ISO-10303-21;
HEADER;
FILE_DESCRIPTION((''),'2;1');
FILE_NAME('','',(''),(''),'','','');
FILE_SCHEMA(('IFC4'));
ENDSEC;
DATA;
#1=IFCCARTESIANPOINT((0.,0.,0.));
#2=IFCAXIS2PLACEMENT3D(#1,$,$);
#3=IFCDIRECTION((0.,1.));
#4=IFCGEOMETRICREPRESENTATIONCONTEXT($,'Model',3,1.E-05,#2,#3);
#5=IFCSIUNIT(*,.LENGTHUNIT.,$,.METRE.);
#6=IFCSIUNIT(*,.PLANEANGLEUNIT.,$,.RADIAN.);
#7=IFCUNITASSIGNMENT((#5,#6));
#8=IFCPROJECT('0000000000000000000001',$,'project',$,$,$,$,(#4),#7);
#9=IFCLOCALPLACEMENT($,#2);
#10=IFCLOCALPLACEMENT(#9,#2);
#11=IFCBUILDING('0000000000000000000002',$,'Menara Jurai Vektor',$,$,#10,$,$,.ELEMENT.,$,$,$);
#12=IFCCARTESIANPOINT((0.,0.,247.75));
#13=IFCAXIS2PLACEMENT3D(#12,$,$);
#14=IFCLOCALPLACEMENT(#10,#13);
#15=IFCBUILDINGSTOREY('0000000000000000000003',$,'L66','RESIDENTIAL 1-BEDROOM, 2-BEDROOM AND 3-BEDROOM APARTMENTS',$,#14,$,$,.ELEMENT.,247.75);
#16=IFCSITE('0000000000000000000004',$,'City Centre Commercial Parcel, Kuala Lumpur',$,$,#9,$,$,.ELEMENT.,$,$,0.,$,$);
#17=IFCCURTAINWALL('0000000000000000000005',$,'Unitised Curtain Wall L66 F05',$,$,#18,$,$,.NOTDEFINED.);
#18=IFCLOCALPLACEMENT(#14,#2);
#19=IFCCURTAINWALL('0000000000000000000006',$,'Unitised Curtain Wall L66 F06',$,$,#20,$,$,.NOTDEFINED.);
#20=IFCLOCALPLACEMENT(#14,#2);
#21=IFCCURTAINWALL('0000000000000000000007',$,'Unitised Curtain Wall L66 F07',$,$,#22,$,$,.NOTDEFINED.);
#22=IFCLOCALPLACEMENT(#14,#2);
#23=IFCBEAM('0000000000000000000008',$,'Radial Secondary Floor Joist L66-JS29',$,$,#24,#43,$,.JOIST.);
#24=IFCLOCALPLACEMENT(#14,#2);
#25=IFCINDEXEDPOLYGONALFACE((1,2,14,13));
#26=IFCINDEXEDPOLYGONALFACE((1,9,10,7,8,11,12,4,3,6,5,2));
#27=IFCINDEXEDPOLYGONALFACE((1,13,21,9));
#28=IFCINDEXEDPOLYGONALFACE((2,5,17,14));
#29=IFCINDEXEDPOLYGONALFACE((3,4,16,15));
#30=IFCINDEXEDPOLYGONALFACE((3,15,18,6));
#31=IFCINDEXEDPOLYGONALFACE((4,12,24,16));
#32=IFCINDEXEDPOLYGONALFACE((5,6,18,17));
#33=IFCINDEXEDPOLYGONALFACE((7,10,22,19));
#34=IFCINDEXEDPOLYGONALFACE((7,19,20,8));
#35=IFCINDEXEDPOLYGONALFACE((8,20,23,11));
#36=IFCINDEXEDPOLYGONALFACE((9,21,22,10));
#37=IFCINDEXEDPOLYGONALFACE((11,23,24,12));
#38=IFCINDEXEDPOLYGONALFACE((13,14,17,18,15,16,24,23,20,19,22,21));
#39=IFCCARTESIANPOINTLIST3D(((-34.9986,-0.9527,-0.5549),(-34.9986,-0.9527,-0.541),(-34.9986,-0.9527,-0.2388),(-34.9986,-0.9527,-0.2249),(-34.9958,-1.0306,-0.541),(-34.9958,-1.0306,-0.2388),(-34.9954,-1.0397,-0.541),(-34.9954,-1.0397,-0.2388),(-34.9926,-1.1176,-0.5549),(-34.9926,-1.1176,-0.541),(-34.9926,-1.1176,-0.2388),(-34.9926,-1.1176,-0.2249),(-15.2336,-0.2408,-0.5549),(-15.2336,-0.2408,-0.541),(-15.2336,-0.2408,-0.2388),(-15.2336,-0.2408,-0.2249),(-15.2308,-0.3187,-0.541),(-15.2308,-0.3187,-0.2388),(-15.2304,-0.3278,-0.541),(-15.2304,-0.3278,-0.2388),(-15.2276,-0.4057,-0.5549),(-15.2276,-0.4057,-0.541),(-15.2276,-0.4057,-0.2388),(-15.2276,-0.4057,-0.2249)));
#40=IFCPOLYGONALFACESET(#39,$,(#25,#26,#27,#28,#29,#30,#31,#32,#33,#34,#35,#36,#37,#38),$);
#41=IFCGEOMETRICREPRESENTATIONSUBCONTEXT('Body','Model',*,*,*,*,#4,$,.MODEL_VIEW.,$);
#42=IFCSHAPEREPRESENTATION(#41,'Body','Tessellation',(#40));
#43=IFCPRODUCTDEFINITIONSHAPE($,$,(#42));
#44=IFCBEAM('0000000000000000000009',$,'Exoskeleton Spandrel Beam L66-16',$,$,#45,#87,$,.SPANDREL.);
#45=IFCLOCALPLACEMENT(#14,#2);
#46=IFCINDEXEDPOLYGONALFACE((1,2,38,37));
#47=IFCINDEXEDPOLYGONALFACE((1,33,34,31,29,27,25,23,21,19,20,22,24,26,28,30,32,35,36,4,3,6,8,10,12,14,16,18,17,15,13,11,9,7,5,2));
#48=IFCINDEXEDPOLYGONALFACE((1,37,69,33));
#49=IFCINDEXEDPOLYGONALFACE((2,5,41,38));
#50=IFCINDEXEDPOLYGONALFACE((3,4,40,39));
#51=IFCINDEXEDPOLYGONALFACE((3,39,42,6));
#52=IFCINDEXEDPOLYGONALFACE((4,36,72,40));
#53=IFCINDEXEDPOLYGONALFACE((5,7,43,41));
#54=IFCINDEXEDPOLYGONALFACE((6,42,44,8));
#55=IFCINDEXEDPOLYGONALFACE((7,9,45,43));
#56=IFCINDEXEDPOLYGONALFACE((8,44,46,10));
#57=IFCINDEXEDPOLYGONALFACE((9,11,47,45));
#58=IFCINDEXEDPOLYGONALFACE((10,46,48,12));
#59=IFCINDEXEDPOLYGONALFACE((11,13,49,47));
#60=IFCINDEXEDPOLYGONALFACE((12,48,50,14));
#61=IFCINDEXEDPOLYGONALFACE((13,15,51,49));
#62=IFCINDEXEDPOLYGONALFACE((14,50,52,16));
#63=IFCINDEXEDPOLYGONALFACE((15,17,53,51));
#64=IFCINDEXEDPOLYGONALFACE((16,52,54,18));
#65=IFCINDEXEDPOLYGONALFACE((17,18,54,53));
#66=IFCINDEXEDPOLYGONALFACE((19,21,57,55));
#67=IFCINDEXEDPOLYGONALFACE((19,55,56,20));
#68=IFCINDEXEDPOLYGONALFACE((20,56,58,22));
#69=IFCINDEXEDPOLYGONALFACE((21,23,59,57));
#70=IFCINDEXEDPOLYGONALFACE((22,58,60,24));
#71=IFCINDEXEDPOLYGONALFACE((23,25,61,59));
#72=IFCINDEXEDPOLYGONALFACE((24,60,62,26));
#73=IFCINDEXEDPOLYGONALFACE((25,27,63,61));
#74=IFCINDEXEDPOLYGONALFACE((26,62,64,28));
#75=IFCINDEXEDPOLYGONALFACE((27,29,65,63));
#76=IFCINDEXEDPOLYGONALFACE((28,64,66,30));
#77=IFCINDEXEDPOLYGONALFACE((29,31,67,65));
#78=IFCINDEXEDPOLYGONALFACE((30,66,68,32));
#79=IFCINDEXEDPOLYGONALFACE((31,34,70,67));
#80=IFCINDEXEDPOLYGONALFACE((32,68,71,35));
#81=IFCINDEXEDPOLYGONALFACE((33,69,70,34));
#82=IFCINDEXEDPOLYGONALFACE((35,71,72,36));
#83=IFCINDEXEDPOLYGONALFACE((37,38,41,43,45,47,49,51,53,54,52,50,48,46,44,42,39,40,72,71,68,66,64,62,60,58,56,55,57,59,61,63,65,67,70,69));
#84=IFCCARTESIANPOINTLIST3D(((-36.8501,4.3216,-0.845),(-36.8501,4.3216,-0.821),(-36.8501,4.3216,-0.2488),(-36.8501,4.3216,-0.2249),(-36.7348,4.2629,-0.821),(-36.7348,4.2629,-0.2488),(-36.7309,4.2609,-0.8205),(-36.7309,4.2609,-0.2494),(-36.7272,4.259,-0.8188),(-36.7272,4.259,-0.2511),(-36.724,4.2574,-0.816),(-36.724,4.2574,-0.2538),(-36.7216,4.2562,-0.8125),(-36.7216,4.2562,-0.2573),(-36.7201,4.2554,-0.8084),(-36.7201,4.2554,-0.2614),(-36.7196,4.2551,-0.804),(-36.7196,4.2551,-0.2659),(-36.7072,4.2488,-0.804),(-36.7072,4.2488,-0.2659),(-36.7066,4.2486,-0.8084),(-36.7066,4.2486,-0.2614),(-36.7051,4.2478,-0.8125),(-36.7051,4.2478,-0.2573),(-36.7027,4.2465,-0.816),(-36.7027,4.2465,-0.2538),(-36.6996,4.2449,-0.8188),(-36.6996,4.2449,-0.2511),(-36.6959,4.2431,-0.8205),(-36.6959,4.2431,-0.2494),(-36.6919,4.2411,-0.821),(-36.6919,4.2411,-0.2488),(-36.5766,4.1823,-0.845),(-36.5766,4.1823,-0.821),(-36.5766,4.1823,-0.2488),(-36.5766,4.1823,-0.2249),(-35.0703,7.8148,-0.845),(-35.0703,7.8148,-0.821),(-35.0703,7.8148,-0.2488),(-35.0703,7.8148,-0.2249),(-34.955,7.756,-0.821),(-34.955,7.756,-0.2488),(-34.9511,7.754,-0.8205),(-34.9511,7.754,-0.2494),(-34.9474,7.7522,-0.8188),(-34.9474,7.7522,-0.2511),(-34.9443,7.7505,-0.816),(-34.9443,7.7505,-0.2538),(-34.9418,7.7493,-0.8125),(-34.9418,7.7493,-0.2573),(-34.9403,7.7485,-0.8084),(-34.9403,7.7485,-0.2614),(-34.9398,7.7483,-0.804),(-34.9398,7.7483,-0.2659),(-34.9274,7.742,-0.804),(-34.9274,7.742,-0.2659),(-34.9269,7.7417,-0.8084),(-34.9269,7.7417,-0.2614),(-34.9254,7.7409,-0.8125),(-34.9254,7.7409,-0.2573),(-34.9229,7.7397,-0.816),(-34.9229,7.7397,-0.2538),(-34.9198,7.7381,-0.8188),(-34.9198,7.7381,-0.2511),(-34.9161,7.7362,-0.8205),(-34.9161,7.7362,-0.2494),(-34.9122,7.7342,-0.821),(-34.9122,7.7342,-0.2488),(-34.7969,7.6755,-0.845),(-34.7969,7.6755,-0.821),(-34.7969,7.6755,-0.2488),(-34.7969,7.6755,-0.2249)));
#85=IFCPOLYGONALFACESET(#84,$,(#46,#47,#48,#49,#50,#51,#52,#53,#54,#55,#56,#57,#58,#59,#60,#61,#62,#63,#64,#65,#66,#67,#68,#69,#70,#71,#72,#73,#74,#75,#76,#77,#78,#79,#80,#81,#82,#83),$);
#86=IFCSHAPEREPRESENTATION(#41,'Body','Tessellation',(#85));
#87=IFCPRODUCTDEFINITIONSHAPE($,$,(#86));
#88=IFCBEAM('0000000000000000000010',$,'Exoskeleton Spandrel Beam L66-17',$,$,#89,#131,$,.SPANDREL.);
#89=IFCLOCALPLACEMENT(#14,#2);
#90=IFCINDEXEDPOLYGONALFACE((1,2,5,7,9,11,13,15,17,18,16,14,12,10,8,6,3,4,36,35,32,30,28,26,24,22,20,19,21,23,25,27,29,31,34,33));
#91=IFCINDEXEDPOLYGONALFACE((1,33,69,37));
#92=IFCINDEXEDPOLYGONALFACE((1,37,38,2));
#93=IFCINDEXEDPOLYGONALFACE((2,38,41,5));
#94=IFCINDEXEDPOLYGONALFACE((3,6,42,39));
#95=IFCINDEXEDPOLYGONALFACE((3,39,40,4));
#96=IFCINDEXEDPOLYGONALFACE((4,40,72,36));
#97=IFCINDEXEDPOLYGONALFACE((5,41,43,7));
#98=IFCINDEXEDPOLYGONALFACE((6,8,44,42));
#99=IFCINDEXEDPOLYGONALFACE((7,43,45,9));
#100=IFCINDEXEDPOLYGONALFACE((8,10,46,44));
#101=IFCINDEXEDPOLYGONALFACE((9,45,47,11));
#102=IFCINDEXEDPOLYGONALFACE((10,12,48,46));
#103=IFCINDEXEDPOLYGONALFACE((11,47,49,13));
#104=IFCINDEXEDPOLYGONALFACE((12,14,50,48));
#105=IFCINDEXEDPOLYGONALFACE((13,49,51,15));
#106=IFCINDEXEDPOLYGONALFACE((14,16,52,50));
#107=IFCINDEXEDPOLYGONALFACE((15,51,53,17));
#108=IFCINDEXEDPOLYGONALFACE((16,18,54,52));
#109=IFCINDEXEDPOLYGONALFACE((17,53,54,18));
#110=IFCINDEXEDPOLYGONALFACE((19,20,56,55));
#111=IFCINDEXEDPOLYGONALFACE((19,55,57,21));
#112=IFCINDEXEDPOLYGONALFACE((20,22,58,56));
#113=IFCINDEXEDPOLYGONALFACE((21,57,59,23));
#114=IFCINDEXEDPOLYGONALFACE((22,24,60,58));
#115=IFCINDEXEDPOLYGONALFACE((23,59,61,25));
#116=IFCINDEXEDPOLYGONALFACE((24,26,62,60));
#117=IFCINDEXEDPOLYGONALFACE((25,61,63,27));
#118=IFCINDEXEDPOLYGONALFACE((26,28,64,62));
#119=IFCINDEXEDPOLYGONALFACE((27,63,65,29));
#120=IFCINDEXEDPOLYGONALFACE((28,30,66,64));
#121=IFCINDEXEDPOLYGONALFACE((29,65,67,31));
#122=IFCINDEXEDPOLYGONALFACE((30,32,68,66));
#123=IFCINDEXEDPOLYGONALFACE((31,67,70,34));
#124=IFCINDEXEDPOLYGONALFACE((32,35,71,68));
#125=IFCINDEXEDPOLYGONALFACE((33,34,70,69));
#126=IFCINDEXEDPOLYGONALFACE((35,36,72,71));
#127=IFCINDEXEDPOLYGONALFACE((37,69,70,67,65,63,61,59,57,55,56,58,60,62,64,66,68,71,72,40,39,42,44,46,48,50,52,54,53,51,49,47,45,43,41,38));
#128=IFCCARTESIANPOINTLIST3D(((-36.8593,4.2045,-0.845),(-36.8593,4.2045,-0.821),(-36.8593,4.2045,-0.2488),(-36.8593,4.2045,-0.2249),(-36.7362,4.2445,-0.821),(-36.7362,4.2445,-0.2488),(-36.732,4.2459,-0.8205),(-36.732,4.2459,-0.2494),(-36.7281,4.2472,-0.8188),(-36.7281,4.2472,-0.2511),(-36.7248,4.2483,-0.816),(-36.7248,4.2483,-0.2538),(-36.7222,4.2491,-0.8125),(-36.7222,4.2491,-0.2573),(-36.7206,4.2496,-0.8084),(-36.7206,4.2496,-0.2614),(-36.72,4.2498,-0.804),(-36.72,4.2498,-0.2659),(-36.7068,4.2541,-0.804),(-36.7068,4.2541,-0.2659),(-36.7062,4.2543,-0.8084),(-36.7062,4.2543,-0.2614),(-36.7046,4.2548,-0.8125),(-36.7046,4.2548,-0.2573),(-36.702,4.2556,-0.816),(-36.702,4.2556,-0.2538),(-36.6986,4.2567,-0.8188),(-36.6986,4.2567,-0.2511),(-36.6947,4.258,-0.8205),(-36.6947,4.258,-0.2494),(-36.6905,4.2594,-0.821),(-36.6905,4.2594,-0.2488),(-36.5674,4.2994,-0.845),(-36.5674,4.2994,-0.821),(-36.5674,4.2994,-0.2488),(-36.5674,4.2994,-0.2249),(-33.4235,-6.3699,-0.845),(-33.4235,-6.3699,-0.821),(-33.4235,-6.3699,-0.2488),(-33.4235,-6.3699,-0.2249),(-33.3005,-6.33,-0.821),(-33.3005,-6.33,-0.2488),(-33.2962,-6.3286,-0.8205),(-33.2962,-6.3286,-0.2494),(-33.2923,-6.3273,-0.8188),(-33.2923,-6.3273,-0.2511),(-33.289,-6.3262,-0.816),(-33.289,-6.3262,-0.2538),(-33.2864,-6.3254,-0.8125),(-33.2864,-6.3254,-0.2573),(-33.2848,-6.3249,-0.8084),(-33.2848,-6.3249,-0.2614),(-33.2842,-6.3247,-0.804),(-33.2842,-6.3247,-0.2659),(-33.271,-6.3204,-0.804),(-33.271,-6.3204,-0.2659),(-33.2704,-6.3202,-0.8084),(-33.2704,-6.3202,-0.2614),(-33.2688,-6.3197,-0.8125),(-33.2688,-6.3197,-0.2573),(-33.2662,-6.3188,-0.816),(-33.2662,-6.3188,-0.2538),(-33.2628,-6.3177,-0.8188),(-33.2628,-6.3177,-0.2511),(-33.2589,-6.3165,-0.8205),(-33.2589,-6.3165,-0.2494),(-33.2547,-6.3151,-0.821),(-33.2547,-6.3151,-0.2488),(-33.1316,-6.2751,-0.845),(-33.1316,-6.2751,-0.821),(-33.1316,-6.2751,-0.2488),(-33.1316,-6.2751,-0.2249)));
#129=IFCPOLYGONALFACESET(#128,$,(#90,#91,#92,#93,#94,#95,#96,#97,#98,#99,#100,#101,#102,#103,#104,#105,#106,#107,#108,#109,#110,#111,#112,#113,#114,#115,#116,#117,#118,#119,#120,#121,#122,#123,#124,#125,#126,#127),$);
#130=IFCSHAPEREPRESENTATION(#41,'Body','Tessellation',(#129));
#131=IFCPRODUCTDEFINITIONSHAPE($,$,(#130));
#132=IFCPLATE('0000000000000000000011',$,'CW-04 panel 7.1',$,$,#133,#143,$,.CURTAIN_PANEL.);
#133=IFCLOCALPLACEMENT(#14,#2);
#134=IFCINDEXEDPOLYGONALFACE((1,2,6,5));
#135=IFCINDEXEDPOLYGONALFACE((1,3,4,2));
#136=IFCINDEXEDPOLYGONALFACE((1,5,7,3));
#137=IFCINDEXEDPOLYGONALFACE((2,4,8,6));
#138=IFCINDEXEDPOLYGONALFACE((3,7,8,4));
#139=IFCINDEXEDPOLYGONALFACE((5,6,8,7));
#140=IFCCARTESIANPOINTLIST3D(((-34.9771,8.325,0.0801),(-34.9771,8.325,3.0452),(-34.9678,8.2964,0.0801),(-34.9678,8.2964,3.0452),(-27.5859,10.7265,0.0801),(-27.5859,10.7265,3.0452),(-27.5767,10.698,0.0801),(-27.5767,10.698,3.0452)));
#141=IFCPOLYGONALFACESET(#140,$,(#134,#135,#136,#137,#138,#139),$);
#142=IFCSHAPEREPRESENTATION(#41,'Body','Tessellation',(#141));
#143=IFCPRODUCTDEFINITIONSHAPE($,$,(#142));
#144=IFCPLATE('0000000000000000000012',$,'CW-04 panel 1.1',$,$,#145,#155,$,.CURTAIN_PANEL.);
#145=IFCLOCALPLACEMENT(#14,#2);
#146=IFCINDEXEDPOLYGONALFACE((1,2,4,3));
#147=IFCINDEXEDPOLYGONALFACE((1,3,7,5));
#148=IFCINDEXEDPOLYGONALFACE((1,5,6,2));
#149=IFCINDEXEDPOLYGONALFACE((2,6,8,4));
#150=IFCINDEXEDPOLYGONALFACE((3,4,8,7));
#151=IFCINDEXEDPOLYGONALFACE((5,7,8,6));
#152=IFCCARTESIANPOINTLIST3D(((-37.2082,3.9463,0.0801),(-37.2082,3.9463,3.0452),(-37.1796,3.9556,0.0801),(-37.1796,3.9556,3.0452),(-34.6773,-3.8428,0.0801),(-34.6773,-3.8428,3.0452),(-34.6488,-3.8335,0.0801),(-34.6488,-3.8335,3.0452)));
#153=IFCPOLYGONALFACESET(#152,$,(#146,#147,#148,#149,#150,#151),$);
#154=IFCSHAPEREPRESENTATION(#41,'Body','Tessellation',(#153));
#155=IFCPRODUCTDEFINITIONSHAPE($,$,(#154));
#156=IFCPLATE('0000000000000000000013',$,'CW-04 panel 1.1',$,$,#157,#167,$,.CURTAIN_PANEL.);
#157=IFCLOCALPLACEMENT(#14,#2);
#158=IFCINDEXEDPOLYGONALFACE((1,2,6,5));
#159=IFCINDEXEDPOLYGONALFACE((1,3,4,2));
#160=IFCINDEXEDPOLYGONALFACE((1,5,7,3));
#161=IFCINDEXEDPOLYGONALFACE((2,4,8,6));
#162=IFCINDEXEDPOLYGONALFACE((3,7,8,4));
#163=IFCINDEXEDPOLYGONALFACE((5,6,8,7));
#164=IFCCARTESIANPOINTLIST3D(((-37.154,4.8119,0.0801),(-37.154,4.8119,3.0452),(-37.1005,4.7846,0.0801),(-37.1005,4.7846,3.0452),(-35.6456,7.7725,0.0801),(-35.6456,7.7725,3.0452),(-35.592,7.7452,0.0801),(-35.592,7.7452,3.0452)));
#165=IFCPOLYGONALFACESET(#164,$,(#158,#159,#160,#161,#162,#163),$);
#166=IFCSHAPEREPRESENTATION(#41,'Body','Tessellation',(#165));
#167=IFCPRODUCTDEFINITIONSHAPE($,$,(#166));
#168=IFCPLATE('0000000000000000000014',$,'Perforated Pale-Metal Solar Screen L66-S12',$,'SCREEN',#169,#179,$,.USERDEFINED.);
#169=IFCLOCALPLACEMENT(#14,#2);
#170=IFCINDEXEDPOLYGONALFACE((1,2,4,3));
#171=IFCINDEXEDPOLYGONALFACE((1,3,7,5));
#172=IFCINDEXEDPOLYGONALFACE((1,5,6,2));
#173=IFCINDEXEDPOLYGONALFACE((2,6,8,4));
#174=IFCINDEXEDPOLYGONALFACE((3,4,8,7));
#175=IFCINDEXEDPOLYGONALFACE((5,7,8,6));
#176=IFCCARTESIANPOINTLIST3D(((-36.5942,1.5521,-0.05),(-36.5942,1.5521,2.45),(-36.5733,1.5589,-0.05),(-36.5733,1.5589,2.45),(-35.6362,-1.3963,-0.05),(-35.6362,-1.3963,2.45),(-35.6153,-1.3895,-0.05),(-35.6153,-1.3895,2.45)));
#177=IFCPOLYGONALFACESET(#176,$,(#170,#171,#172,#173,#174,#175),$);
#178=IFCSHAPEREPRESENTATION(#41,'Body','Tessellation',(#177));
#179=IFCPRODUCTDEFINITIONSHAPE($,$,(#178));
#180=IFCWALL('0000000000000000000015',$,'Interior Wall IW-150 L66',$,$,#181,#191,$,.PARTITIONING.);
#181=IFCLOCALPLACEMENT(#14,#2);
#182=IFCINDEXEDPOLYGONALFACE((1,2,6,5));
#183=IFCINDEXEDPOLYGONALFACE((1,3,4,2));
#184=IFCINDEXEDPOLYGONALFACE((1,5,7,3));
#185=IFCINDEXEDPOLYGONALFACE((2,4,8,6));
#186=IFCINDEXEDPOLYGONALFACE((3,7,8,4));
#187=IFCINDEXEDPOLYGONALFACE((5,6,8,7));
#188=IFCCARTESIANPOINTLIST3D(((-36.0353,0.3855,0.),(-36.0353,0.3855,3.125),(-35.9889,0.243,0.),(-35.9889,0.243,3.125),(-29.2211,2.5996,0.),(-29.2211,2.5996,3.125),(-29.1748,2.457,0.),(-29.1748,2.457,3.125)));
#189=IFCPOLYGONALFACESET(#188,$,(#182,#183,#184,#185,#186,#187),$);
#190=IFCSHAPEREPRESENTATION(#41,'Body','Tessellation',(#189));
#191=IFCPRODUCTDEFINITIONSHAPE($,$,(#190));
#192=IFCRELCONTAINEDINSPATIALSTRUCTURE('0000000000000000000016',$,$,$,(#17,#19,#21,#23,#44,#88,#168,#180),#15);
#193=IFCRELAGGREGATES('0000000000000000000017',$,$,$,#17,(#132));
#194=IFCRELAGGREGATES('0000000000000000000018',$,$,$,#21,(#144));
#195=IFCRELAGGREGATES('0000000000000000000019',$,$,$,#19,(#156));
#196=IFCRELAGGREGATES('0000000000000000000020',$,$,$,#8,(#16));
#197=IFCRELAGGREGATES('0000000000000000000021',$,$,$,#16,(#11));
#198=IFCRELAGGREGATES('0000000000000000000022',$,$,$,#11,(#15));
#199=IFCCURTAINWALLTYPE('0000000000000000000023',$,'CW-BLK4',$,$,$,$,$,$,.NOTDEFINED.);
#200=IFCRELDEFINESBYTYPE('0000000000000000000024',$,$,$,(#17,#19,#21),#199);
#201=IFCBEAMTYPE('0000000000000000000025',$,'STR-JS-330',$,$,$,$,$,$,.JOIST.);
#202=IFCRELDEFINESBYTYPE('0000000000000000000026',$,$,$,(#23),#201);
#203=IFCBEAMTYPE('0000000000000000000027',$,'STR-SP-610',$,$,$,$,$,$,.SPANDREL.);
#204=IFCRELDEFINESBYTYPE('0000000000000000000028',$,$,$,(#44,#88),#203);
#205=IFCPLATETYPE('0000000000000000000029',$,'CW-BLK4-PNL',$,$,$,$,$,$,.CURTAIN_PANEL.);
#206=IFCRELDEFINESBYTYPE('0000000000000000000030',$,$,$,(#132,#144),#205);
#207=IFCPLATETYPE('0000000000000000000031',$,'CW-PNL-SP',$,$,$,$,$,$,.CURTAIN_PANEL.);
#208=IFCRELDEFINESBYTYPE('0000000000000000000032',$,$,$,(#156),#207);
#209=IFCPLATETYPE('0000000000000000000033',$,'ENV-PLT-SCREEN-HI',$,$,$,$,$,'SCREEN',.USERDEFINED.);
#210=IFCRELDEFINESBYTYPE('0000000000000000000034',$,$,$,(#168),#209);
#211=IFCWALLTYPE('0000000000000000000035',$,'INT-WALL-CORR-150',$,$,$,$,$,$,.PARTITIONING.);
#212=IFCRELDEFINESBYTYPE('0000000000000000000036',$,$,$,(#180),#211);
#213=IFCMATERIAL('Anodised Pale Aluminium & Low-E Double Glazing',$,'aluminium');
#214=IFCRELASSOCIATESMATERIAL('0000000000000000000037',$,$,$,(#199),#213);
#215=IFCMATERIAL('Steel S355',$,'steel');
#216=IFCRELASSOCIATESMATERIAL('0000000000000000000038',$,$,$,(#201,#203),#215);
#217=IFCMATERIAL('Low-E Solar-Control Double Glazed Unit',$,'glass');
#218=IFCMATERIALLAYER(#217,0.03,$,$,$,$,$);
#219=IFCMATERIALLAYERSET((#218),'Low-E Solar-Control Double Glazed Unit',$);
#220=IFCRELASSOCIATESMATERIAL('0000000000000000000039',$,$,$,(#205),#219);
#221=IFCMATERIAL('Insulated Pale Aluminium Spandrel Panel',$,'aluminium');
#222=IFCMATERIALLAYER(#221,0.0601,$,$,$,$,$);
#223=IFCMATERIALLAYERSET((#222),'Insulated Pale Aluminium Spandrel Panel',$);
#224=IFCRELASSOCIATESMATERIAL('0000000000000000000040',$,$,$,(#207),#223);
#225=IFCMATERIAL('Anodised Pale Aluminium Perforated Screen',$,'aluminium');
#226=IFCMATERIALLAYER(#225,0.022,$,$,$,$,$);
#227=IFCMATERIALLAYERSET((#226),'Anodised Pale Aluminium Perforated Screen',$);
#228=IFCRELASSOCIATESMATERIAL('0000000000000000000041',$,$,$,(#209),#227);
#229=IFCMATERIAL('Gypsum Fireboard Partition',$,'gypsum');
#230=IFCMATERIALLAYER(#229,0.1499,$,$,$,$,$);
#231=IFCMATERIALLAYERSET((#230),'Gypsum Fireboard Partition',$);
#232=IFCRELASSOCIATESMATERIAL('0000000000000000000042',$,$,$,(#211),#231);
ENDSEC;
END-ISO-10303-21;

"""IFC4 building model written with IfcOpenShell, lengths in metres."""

from ifc_helpers import new_model, si_unit, direction, frame, frame_2d, origin, origin_2d, place, context, subcontext, project, spatial, rectangle, i_section, extrude, material, layer, layer_set, material_profile, profile_set, type_object, element, aggregate, save


model = new_model("IFC4")

# Units and contexts
model_context = context("Model", 3, precision=1e-05, world=origin(), true_north=direction((0.0, 1.0)))
body_context = subcontext(model_context, "Body", "Model", "MODEL_VIEW")
ifc_project = project(units=[si_unit("LENGTHUNIT", "METRE"), si_unit("PLANEANGLEUNIT", "RADIAN")], contexts=[model_context])

# Site, building, storey
site_placement = place(None, origin())
site = spatial("IfcSite", under=ifc_project, at=site_placement, Name="City Centre Commercial Parcel, Kuala Lumpur", CompositionType="ELEMENT", RefElevation=0.0)
building_placement = place(site_placement, origin())
building = spatial("IfcBuilding", under=site, at=building_placement, Name="Menara Jurai Vektor", CompositionType="ELEMENT")
storey_placement = place(building_placement, frame((0.0, 0.0, 247.75)))
storey = spatial("IfcBuildingStorey", under=building, at=storey_placement, Name="L66", Description="RESIDENTIAL 1-BEDROOM, 2-BEDROOM AND 3-BEDROOM APARTMENTS", CompositionType="ELEMENT", Elevation=247.75)

# Curtain wall
ifc_material_1 = material(Name="Anodised Pale Aluminium & Low-E Double Glazing", Category="aluminium")
curtain_wall_type = type_object("IfcCurtainWallType", Name="CW-BLK4", PredefinedType="NOTDEFINED", material=ifc_material_1)
curtain_wall_1_placement = place(storey_placement, origin())
curtain_wall_1 = element("IfcCurtainWall", 1, at=curtain_wall_1_placement, inside=storey, type_object=curtain_wall_type, Name="Unitised Curtain Wall L66 F05", PredefinedType="NOTDEFINED")

# Curtain wall
curtain_wall_2_placement = place(storey_placement, origin())
curtain_wall_2 = element("IfcCurtainWall", 2, at=curtain_wall_2_placement, inside=storey, type_object=curtain_wall_type, Name="Unitised Curtain Wall L66 F06", PredefinedType="NOTDEFINED")

# Curtain wall
curtain_wall_3_placement = place(storey_placement, origin())
curtain_wall_3 = element("IfcCurtainWall", 3, at=curtain_wall_3_placement, inside=storey, type_object=curtain_wall_type, Name="Unitised Curtain Wall L66 F07", PredefinedType="NOTDEFINED")

# Shared definitions
ifc_material_2 = material(Name="Steel S355", Category="steel")

# Beams
ifc_material_profile_1 = material_profile(ifc_material_2, i_section(OverallWidth=0.165, OverallDepth=0.3301, WebThickness=0.009, FlangeThickness=0.0139, at=origin_2d()), Name="PG 330x165x46")
ifc_profile_set_1 = profile_set([ifc_material_profile_1], Name="Steel S355")
beam_type_1 = type_object("IfcBeamType", Name="STR-JS-330", PredefinedType="JOIST", material=ifc_profile_set_1)
beam_1_placement = place(storey_placement, frame((-34.9956, -1.0352, -0.3899), z_axis=(0.999352, 0.035995, 0.0), x_axis=(-0.035995, 0.999352, 0.0)))
element("IfcBeam", 4, at=beam_1_placement, inside=storey, type_object=beam_type_1, Name="Radial Secondary Floor Joist L66-JS29", PredefinedType="JOIST", context=body_context, shape_type="SweptSolid", body=[
    extrude(i_section(OverallWidth=0.165, OverallDepth=0.3301, WebThickness=0.009, FlangeThickness=0.0139, at=origin_2d()), origin(), (0.0, 0.0, 1.0), 19.7778),
])
ifc_material_profile_2 = material_profile(ifc_material_2, i_section(OverallWidth=0.3069, OverallDepth=0.6201, WebThickness=0.0139, FlangeThickness=0.0239, FilletRadius=0.0171, at=origin_2d()), Name="UKB 610x305x179")
ifc_profile_set_2 = profile_set([ifc_material_profile_2], Name="Steel S355")
beam_type_2 = type_object("IfcBeamType", Name="STR-SP-610", PredefinedType="SPANDREL", material=ifc_profile_set_2)
beam_2_placement = place(storey_placement, frame((-34.9336, 7.7451, -0.5349), z_axis=(-0.453976, -0.891014, 0.0), x_axis=(0.891014, -0.453976, 0.0)))
element("IfcBeam", 5, at=beam_2_placement, inside=storey, type_object=beam_type_2, Name="Exoskeleton Spandrel Beam L66-16", PredefinedType="SPANDREL", context=body_context, shape_type="SweptSolid", body=[
    extrude(i_section(OverallWidth=0.3069, OverallDepth=0.6201, WebThickness=0.0139, FlangeThickness=0.0239, FilletRadius=0.0171, at=origin_2d()), origin(), (0.0, 0.0, 1.0), 3.9204),
])
beam_3_placement = place(storey_placement, frame((-36.7134, 4.252, -0.5349), z_axis=(0.309012, -0.951058, 0.0), x_axis=(0.951058, 0.309012, 0.0)))
element("IfcBeam", 6, at=beam_3_placement, inside=storey, type_object=beam_type_2, Name="Exoskeleton Spandrel Beam L66-17", PredefinedType="SPANDREL", context=body_context, shape_type="SweptSolid", body=[
    extrude(i_section(OverallWidth=0.3069, OverallDepth=0.6201, WebThickness=0.0139, FlangeThickness=0.0239, FilletRadius=0.0171, at=origin_2d()), origin(), (0.0, 0.0, 1.0), 11.1187),
])

# Plates
ifc_material_3 = material(Name="Low-E Solar-Control Double Glazed Unit", Category="glass")
ifc_layer_1 = layer(ifc_material_3, 0.03)
ifc_layer_set_1 = layer_set([ifc_layer_1], Name="Low-E Solar-Control Double Glazed Unit")
plate_type_1 = type_object("IfcPlateType", Name="CW-BLK4-PNL", PredefinedType="CURTAIN_PANEL", material=ifc_layer_set_1)
plate_1_placement = place(storey_placement, frame((-31.2769, 9.5115, 0.0801), z_axis=(0.0, 0.0, 1.0), x_axis=(-0.951056, -0.309017, 0.0)))
plate_1 = element("IfcPlate", 7, at=plate_1_placement, type_object=plate_type_1, Name="CW-04 panel 7.1", PredefinedType="CURTAIN_PANEL", context=body_context, shape_type="SweptSolid", body=[
    extrude(rectangle(XDim=7.7715, YDim=0.03, at=origin_2d()), origin(), (0.0, 0.0, 1.0), 2.9651),
])
aggregate(curtain_wall_1, [plate_1])
plate_2_placement = place(storey_placement, frame((-35.9285, 0.0564, 0.0801), z_axis=(0.0, 0.0, 1.0), x_axis=(0.309016, -0.951057, 0.0)))
plate_2 = element("IfcPlate", 8, at=plate_2_placement, type_object=plate_type_1, Name="CW-04 panel 1.1", PredefinedType="CURTAIN_PANEL", context=body_context, shape_type="SweptSolid", body=[
    extrude(rectangle(XDim=8.1899, YDim=0.03, at=origin_2d()), origin(), (0.0, 0.0, 1.0), 2.9651),
])
aggregate(curtain_wall_3, [plate_2])
ifc_material_4 = material(Name="Insulated Pale Aluminium Spandrel Panel", Category="aluminium")
ifc_layer_2 = layer(ifc_material_4, 0.0601)
ifc_layer_set_2 = layer_set([ifc_layer_2], Name="Insulated Pale Aluminium Spandrel Panel")
plate_type_2 = type_object("IfcPlateType", Name="CW-PNL-SP", PredefinedType="CURTAIN_PANEL", material=ifc_layer_set_2)
plate_3_placement = place(storey_placement, frame((-36.373, 6.2786, 0.0801), z_axis=(0.0, 0.0, 1.0), x_axis=(-0.453989, -0.891008, 0.0)))
plate_3 = element("IfcPlate", 9, at=plate_3_placement, type_object=plate_type_2, Name="CW-04 panel 1.1", PredefinedType="CURTAIN_PANEL", context=body_context, shape_type="SweptSolid", body=[
    extrude(rectangle(XDim=3.3228, YDim=0.0601, at=origin_2d()), origin(), (0.0, 0.0, 1.0), 2.9651),
])
aggregate(curtain_wall_2, [plate_3])
ifc_material_5 = material(Name="Anodised Pale Aluminium Perforated Screen", Category="aluminium")
ifc_layer_3 = layer(ifc_material_5, 0.022)
ifc_layer_set_3 = layer_set([ifc_layer_3], Name="Anodised Pale Aluminium Perforated Screen")
plate_type_3 = type_object("IfcPlateType", Name="ENV-PLT-SCREEN-HI", ElementType="SCREEN", PredefinedType="USERDEFINED", material=ifc_layer_set_3)
plate_4_placement = place(storey_placement, frame((-36.1047, 0.0813, -0.05), z_axis=(0.0, 0.0, 1.0), x_axis=(0.309017, -0.951057, 0.0)))
element("IfcPlate", 10, at=plate_4_placement, inside=storey, type_object=plate_type_3, Name="Perforated Pale-Metal Solar Screen L66-S12", ObjectType="SCREEN", PredefinedType="USERDEFINED", context=body_context, shape_type="SweptSolid", body=[
    extrude(rectangle(XDim=3.1001, YDim=0.022, at=origin_2d()), origin(), (0.0, 0.0, 1.0), 2.5),
])

# Wall
ifc_material_6 = material(Name="Gypsum Fireboard Partition", Category="gypsum")
ifc_layer_4 = layer(ifc_material_6, 0.1499)
ifc_layer_set_4 = layer_set([ifc_layer_4], Name="Gypsum Fireboard Partition")
wall_type = type_object("IfcWallType", Name="INT-WALL-CORR-150", PredefinedType="PARTITIONING", material=ifc_layer_set_4)
wall_1_placement = place(storey_placement, frame((-36.0122, 0.3142, 0.0), z_axis=(0.0, 0.0, 1.0), x_axis=(0.951055, 0.309022, 0.0)))
element("IfcWall", 11, at=wall_1_placement, inside=storey, type_object=wall_type, Name="Interior Wall IW-150 L66", PredefinedType="PARTITIONING", context=body_context, shape_type="SweptSolid", body=[
    extrude(rectangle(XDim=7.1648, YDim=0.1499, at=frame_2d((3.5825, 0.0))), origin(), (0.0, 0.0, 1.0), 3.125),
])

save(model, "model.ifc")
